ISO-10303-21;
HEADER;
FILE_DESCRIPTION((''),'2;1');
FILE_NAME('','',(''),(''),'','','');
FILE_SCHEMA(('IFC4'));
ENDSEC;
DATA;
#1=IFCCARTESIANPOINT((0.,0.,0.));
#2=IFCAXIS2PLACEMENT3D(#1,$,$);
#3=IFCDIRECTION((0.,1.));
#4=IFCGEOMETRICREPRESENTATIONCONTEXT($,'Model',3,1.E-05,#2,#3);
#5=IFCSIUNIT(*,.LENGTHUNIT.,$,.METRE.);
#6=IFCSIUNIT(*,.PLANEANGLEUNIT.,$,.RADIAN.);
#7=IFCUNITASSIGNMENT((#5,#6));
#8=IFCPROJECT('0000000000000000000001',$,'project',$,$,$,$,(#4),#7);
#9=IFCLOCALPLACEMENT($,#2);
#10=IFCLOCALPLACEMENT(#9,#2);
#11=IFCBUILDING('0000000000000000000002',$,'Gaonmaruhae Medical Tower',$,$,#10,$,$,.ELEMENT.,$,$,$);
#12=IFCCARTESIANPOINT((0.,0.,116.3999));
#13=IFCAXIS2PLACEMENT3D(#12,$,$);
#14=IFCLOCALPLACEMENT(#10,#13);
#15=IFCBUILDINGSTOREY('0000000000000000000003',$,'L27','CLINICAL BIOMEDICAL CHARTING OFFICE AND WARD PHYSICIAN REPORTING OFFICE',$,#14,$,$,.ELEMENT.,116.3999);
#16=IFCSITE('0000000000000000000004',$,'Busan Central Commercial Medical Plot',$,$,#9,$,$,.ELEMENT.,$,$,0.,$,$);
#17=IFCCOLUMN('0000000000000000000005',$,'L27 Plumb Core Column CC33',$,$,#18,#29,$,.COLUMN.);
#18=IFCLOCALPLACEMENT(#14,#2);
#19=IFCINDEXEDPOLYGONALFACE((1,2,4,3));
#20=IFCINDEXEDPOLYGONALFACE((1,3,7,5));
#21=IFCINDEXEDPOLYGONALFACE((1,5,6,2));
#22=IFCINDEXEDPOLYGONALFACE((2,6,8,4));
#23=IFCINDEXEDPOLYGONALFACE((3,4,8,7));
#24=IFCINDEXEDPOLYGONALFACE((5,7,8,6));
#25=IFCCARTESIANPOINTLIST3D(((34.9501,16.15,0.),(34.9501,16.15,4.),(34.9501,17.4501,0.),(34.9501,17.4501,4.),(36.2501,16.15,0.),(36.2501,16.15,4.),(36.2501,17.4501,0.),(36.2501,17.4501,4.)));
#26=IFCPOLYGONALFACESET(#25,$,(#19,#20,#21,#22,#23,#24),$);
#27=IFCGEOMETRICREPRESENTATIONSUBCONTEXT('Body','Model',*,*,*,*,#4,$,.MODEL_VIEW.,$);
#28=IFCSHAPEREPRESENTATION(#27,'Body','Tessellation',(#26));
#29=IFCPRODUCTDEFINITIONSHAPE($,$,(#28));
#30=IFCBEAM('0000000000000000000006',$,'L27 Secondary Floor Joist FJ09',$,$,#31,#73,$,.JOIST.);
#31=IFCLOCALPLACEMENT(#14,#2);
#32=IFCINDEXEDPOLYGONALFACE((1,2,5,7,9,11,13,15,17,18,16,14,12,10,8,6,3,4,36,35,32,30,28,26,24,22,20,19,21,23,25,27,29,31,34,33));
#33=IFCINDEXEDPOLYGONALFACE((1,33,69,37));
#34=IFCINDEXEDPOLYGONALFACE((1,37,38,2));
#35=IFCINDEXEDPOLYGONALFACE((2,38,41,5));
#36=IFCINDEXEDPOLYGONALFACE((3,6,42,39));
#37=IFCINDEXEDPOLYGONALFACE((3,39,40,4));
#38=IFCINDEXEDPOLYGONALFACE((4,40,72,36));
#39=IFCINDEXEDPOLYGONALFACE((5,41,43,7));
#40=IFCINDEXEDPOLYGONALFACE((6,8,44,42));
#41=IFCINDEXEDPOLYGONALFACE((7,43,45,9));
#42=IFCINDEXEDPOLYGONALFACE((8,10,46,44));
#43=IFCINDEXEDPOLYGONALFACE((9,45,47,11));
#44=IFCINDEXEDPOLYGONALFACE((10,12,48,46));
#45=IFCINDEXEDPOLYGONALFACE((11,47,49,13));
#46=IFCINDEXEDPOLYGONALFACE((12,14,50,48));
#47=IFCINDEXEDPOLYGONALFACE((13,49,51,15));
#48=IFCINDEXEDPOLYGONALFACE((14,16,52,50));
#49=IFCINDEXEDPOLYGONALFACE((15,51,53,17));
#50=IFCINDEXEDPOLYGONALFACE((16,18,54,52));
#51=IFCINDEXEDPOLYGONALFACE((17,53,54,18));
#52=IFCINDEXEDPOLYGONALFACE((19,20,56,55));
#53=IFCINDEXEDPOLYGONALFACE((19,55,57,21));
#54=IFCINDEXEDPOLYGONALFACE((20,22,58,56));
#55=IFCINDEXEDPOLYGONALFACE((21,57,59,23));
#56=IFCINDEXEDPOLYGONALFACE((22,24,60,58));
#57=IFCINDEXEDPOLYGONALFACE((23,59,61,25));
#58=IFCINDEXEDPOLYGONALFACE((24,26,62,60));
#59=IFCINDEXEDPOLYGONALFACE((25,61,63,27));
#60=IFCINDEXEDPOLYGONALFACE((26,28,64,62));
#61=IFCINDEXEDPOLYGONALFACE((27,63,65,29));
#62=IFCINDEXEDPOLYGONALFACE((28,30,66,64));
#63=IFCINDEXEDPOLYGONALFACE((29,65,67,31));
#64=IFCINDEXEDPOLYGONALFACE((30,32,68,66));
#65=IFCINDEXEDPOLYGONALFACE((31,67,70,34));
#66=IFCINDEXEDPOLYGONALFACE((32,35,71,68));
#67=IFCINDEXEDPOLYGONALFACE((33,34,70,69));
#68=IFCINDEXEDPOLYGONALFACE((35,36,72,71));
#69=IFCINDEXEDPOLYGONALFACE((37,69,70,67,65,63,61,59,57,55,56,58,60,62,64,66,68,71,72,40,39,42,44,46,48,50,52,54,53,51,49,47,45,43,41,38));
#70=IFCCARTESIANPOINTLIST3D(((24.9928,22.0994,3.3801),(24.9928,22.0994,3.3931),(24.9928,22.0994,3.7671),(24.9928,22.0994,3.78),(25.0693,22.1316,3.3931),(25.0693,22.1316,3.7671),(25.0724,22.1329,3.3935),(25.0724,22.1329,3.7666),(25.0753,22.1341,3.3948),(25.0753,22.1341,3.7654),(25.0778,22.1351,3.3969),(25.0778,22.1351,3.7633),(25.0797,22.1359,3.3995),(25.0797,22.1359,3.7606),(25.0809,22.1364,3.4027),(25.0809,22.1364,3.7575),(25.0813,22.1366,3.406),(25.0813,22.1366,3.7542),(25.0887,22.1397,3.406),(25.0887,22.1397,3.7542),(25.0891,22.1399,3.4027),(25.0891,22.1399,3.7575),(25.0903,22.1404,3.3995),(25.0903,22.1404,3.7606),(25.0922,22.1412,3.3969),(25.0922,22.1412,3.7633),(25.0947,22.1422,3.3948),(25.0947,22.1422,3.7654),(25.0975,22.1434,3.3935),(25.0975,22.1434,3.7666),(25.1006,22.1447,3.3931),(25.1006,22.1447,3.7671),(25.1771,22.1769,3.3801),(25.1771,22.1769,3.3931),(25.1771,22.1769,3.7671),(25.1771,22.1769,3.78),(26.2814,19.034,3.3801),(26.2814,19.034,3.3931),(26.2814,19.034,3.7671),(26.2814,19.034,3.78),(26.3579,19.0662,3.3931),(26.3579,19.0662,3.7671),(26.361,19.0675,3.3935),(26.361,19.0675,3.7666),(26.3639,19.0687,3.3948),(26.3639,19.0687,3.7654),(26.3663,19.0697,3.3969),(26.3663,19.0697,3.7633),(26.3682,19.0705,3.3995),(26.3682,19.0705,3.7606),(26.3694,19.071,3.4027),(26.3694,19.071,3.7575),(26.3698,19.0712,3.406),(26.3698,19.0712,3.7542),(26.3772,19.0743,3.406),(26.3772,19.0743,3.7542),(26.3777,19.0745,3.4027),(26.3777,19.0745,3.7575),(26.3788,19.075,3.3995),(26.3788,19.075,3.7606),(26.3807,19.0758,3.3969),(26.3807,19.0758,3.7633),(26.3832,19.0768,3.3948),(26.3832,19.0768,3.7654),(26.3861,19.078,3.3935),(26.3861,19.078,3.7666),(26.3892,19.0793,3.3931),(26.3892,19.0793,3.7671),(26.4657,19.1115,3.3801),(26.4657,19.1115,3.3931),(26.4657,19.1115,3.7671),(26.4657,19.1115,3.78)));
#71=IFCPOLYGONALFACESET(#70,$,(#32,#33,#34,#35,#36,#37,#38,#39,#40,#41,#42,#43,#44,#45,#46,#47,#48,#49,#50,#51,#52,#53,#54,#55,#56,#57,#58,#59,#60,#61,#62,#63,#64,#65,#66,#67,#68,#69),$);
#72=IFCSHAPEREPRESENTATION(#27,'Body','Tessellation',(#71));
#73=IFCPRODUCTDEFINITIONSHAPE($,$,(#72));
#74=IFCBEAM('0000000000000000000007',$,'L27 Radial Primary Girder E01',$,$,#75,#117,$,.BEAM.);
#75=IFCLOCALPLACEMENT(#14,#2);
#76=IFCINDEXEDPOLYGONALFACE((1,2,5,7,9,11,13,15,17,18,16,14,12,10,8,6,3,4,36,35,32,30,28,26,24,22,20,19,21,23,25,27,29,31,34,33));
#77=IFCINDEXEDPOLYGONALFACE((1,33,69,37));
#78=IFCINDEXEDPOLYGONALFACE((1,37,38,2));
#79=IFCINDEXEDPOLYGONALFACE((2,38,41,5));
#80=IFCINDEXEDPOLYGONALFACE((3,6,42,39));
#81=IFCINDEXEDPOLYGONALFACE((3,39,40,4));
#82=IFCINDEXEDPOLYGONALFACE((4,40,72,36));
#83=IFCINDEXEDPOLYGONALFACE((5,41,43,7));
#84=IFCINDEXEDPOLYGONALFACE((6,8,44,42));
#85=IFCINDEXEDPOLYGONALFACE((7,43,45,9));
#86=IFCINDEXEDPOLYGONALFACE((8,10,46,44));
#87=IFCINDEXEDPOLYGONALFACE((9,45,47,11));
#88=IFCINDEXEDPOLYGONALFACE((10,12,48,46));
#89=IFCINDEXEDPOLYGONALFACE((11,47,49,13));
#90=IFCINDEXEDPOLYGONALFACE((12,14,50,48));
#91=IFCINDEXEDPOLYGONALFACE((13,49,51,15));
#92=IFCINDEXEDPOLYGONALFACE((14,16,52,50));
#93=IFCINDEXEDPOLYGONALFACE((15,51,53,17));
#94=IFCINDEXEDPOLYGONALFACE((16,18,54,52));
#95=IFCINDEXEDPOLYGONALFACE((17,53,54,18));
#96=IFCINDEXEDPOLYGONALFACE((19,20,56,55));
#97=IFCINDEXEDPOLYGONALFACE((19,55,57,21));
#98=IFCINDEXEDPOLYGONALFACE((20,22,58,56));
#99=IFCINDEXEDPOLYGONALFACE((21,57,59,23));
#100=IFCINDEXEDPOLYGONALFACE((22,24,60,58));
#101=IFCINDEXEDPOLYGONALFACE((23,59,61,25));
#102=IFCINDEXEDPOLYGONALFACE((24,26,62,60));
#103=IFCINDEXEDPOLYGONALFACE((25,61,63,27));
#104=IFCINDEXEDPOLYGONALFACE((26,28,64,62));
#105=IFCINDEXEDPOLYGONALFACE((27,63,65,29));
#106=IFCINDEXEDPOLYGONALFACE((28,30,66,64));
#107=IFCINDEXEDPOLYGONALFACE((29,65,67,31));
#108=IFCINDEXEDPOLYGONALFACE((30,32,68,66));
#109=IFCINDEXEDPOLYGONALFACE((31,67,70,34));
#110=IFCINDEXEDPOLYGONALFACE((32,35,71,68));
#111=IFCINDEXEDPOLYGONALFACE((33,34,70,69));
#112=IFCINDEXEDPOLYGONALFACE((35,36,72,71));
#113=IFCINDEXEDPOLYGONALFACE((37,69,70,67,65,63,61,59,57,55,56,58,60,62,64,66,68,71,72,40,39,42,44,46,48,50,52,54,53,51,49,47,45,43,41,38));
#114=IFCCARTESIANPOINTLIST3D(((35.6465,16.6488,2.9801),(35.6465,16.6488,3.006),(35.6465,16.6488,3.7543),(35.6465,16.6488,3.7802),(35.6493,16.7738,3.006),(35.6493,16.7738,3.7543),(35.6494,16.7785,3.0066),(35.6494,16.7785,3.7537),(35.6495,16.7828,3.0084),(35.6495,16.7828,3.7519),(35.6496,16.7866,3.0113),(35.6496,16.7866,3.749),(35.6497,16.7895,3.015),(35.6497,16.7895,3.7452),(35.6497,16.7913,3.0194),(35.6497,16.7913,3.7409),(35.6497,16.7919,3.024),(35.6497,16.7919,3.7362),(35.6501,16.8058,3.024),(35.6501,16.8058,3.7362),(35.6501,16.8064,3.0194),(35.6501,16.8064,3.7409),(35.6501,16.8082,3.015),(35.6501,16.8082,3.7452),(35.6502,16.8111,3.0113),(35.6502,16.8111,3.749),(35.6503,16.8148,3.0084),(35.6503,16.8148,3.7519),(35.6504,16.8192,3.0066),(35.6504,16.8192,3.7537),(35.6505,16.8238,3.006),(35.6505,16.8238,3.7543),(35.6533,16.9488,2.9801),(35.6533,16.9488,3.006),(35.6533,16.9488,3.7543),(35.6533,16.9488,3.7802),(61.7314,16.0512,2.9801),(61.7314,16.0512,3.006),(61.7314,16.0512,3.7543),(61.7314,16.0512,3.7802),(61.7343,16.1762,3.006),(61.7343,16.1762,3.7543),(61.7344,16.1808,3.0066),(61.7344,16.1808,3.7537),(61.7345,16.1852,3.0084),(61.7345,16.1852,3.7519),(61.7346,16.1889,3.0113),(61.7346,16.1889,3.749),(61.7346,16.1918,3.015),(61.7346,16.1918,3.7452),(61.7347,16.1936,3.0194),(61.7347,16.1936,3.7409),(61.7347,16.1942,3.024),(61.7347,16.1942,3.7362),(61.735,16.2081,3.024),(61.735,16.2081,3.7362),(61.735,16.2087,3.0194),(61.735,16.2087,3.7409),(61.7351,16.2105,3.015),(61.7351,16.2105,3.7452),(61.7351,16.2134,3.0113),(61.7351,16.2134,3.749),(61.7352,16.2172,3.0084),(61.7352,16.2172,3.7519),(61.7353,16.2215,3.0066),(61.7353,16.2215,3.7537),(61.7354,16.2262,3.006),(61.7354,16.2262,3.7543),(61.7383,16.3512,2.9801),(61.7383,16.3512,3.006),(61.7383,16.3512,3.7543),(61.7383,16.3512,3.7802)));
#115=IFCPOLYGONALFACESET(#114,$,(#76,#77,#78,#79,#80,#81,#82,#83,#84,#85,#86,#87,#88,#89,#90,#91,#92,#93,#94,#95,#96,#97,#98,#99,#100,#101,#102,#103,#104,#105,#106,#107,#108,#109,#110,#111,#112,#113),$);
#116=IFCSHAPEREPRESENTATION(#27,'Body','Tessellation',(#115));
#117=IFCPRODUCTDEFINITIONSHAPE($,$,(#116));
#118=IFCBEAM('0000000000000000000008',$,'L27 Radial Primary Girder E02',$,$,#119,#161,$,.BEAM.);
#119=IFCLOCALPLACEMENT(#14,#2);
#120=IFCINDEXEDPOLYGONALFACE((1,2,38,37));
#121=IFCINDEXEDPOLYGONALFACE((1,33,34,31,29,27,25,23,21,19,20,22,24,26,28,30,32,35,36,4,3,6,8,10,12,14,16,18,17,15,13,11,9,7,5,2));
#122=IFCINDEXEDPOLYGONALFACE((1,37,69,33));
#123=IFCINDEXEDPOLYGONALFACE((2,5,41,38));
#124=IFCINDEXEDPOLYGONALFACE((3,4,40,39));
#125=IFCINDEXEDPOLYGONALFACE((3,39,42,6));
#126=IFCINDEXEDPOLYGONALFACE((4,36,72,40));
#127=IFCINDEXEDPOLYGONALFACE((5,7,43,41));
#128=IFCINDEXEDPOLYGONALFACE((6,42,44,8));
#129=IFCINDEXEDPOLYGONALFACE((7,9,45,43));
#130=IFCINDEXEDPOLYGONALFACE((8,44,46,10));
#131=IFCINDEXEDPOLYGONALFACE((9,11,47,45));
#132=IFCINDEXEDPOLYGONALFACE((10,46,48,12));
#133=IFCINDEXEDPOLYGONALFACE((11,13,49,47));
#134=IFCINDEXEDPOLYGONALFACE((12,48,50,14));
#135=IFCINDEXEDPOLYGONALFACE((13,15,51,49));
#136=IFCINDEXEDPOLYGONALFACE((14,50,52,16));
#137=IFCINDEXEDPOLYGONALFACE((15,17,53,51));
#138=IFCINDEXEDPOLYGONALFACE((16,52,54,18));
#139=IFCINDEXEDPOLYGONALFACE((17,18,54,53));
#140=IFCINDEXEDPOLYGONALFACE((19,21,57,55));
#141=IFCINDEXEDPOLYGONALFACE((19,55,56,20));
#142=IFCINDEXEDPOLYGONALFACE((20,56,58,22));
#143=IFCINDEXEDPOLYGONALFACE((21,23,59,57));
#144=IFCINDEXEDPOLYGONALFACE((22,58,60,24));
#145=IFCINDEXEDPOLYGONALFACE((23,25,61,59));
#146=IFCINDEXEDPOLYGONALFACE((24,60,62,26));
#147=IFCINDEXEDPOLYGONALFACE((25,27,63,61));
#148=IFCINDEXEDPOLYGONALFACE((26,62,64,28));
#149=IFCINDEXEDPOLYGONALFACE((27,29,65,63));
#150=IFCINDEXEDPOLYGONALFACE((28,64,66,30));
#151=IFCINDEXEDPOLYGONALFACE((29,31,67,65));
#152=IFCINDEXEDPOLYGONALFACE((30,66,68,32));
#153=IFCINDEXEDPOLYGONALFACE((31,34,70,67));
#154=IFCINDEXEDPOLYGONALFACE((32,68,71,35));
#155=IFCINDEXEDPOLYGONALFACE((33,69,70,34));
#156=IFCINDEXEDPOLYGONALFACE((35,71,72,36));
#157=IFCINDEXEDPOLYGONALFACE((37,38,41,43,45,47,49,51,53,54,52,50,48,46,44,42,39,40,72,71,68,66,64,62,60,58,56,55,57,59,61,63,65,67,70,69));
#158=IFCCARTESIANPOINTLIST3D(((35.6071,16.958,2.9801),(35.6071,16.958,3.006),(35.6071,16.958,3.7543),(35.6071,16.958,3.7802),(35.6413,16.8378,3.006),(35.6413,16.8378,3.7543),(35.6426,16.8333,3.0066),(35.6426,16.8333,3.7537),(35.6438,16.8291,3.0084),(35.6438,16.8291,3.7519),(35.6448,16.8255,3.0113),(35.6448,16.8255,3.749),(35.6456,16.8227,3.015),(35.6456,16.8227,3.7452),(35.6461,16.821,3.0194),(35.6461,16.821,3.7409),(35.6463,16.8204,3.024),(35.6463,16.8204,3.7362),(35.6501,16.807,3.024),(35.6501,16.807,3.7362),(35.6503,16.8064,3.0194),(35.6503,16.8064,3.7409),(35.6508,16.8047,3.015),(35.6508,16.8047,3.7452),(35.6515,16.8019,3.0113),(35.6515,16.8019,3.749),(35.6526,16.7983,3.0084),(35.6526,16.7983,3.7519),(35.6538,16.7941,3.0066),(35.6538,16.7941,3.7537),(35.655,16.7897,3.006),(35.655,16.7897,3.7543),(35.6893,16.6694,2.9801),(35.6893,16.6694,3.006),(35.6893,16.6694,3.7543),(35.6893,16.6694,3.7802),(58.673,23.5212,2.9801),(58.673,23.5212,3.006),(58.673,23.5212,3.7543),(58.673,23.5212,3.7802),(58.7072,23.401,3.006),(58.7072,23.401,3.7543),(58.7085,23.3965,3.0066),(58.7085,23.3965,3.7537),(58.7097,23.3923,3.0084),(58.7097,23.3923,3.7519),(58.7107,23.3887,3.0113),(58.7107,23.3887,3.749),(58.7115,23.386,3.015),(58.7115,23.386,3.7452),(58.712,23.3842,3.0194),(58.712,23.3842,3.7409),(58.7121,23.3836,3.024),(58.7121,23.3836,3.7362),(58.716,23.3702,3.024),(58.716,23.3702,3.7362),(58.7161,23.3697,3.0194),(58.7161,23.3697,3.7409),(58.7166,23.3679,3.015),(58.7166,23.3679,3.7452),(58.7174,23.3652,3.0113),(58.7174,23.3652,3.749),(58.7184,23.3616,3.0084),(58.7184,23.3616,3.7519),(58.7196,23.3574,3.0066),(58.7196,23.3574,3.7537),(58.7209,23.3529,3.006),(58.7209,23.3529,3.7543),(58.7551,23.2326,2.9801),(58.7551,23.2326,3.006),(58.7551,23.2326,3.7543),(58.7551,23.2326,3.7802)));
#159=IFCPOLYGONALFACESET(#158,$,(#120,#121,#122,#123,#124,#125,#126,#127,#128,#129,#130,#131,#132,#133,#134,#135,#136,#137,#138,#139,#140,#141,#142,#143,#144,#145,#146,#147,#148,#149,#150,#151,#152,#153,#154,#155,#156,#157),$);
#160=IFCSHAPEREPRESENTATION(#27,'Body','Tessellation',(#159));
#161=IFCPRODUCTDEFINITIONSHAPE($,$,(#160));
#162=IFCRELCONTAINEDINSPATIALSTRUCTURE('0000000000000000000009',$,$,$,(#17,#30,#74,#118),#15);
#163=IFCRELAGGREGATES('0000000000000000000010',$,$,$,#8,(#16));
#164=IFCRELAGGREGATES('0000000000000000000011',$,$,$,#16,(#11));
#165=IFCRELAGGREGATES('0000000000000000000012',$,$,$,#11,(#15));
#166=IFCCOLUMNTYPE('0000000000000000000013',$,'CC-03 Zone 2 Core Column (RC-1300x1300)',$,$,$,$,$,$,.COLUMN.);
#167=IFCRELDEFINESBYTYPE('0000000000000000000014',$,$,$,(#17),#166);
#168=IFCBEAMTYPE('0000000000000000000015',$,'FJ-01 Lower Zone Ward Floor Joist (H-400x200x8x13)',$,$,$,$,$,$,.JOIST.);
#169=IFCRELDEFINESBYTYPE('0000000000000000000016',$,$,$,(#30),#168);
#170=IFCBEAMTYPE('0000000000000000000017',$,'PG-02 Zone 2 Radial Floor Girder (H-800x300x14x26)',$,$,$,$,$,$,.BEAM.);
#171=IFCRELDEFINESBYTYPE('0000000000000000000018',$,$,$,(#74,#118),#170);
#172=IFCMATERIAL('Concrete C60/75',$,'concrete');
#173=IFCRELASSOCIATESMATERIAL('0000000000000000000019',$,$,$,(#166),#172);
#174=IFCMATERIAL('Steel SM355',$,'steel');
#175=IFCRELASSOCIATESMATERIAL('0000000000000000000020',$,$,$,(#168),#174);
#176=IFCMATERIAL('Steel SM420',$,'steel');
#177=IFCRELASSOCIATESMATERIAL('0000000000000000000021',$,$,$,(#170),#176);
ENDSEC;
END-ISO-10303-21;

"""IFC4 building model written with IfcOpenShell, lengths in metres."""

from ifc_helpers import new_model, si_unit, direction, frame, origin, origin_2d, place, context, subcontext, project, spatial, rectangle, i_section, extrude, material, material_profile, profile_set, type_object, element, save


model = new_model("IFC4")

# Units and contexts
model_context = context("Model", 3, precision=1e-05, world=origin(), true_north=direction((0.0, 1.0)))
body_context = subcontext(model_context, "Body", "Model", "MODEL_VIEW")
ifc_project = project(units=[si_unit("LENGTHUNIT", "METRE"), si_unit("PLANEANGLEUNIT", "RADIAN")], contexts=[model_context])

# Site, building, storey
site_placement = place(None, origin())
site = spatial("IfcSite", under=ifc_project, at=site_placement, Name="Busan Central Commercial Medical Plot", CompositionType="ELEMENT", RefElevation=0.0)
building_placement = place(site_placement, origin())
building = spatial("IfcBuilding", under=site, at=building_placement, Name="Gaonmaruhae Medical Tower", CompositionType="ELEMENT")
storey_placement = place(building_placement, frame((0.0, 0.0, 116.3999)))
storey = spatial("IfcBuildingStorey", under=building, at=storey_placement, Name="L27", Description="CLINICAL BIOMEDICAL CHARTING OFFICE AND WARD PHYSICIAN REPORTING OFFICE", CompositionType="ELEMENT", Elevation=116.3999)

# Column
ifc_material_1 = material(Name="Concrete C60/75", Category="concrete")
ifc_material_profile_1 = material_profile(ifc_material_1, rectangle(XDim=1.3, YDim=1.3, at=origin_2d()), Name="RC-1300x1300")
ifc_profile_set_1 = profile_set([ifc_material_profile_1], Name="Concrete C60/75")
column_type = type_object("IfcColumnType", Name="CC-03 Zone 2 Core Column (RC-1300x1300)", PredefinedType="COLUMN", material=ifc_profile_set_1)
column_placement = place(storey_placement, frame((35.6001, 16.8, 0.0), z_axis=(0.0, 0.0, 1.0), x_axis=(1.0, 0.0, 0.0)))
element("IfcColumn", 1, at=column_placement, inside=storey, type_object=column_type, Name="L27 Plumb Core Column CC33", PredefinedType="COLUMN", context=body_context, shape_type="SweptSolid", body=[
    extrude(rectangle(XDim=1.3, YDim=1.3, at=origin_2d()), origin(), (0.0, 0.0, 1.0), 4.0),
])

# Beams
ifc_material_2 = material(Name="Steel SM355", Category="steel")
ifc_material_profile_2 = material_profile(ifc_material_2, i_section(OverallWidth=0.2, OverallDepth=0.3999, WebThickness=0.0081, FlangeThickness=0.0129, FilletRadius=0.0129, at=origin_2d()), Name="H-400x200x8x13")
ifc_profile_set_2 = profile_set([ifc_material_profile_2], Name="Steel SM355")
beam_type_1 = type_object("IfcBeamType", Name="FJ-01 Lower Zone Ward Floor Joist (H-400x200x8x13)", PredefinedType="JOIST", material=ifc_profile_set_2)
beam_1_placement = place(storey_placement, frame((26.3735, 19.0728, 3.5801), z_axis=(-0.387512, 0.921865, 0.0), x_axis=(-0.921865, -0.387512, 0.0)))
element("IfcBeam", 2, at=beam_1_placement, inside=storey, type_object=beam_type_1, Name="L27 Secondary Floor Joist FJ09", PredefinedType="JOIST", context=body_context, shape_type="SweptSolid", body=[
    extrude(i_section(OverallWidth=0.2, OverallDepth=0.3999, WebThickness=0.0081, FlangeThickness=0.0129, FilletRadius=0.0129, at=origin_2d()), origin(), (0.0, 0.0, 1.0), 3.3252),
])
ifc_material_3 = material(Name="Steel SM420", Category="steel")
ifc_material_profile_3 = material_profile(ifc_material_3, i_section(OverallWidth=0.3, OverallDepth=0.8, WebThickness=0.0139, FlangeThickness=0.0259, FilletRadius=0.0181, at=origin_2d()), Name="H-800x300x14x26")
ifc_profile_set_3 = profile_set([ifc_material_profile_3], Name="Steel SM420")
beam_type_2 = type_object("IfcBeamType", Name="PG-02 Zone 2 Radial Floor Girder (H-800x300x14x26)", PredefinedType="BEAM", material=ifc_profile_set_3)
beam_2_placement = place(storey_placement, frame((35.6499, 16.7988, 3.3801), z_axis=(0.999738, -0.022906, 0.0), x_axis=(0.022906, 0.999738, 0.0)))
element("IfcBeam", 3, at=beam_2_placement, inside=storey, type_object=beam_type_2, Name="L27 Radial Primary Girder E01", PredefinedType="BEAM", context=body_context, shape_type="SweptSolid", body=[
    extrude(i_section(OverallWidth=0.3, OverallDepth=0.8, WebThickness=0.0139, FlangeThickness=0.0259, FilletRadius=0.0181, at=origin_2d()), origin(), (0.0, 0.0, 1.0), 26.0918),
])
beam_3_placement = place(storey_placement, frame((35.6482, 16.8137, 3.3801), z_axis=(0.961821, 0.273679, 0.0), x_axis=(-0.273679, 0.961821, 0.0)))
element("IfcBeam", 4, at=beam_3_placement, inside=storey, type_object=beam_type_2, Name="L27 Radial Primary Girder E02", PredefinedType="BEAM", context=body_context, shape_type="SweptSolid", body=[
    extrude(i_section(OverallWidth=0.3, OverallDepth=0.8, WebThickness=0.0139, FlangeThickness=0.0259, FilletRadius=0.0181, at=origin_2d()), origin(), (0.0, 0.0, 1.0), 23.9814),
])

save(model, "model.ifc")
